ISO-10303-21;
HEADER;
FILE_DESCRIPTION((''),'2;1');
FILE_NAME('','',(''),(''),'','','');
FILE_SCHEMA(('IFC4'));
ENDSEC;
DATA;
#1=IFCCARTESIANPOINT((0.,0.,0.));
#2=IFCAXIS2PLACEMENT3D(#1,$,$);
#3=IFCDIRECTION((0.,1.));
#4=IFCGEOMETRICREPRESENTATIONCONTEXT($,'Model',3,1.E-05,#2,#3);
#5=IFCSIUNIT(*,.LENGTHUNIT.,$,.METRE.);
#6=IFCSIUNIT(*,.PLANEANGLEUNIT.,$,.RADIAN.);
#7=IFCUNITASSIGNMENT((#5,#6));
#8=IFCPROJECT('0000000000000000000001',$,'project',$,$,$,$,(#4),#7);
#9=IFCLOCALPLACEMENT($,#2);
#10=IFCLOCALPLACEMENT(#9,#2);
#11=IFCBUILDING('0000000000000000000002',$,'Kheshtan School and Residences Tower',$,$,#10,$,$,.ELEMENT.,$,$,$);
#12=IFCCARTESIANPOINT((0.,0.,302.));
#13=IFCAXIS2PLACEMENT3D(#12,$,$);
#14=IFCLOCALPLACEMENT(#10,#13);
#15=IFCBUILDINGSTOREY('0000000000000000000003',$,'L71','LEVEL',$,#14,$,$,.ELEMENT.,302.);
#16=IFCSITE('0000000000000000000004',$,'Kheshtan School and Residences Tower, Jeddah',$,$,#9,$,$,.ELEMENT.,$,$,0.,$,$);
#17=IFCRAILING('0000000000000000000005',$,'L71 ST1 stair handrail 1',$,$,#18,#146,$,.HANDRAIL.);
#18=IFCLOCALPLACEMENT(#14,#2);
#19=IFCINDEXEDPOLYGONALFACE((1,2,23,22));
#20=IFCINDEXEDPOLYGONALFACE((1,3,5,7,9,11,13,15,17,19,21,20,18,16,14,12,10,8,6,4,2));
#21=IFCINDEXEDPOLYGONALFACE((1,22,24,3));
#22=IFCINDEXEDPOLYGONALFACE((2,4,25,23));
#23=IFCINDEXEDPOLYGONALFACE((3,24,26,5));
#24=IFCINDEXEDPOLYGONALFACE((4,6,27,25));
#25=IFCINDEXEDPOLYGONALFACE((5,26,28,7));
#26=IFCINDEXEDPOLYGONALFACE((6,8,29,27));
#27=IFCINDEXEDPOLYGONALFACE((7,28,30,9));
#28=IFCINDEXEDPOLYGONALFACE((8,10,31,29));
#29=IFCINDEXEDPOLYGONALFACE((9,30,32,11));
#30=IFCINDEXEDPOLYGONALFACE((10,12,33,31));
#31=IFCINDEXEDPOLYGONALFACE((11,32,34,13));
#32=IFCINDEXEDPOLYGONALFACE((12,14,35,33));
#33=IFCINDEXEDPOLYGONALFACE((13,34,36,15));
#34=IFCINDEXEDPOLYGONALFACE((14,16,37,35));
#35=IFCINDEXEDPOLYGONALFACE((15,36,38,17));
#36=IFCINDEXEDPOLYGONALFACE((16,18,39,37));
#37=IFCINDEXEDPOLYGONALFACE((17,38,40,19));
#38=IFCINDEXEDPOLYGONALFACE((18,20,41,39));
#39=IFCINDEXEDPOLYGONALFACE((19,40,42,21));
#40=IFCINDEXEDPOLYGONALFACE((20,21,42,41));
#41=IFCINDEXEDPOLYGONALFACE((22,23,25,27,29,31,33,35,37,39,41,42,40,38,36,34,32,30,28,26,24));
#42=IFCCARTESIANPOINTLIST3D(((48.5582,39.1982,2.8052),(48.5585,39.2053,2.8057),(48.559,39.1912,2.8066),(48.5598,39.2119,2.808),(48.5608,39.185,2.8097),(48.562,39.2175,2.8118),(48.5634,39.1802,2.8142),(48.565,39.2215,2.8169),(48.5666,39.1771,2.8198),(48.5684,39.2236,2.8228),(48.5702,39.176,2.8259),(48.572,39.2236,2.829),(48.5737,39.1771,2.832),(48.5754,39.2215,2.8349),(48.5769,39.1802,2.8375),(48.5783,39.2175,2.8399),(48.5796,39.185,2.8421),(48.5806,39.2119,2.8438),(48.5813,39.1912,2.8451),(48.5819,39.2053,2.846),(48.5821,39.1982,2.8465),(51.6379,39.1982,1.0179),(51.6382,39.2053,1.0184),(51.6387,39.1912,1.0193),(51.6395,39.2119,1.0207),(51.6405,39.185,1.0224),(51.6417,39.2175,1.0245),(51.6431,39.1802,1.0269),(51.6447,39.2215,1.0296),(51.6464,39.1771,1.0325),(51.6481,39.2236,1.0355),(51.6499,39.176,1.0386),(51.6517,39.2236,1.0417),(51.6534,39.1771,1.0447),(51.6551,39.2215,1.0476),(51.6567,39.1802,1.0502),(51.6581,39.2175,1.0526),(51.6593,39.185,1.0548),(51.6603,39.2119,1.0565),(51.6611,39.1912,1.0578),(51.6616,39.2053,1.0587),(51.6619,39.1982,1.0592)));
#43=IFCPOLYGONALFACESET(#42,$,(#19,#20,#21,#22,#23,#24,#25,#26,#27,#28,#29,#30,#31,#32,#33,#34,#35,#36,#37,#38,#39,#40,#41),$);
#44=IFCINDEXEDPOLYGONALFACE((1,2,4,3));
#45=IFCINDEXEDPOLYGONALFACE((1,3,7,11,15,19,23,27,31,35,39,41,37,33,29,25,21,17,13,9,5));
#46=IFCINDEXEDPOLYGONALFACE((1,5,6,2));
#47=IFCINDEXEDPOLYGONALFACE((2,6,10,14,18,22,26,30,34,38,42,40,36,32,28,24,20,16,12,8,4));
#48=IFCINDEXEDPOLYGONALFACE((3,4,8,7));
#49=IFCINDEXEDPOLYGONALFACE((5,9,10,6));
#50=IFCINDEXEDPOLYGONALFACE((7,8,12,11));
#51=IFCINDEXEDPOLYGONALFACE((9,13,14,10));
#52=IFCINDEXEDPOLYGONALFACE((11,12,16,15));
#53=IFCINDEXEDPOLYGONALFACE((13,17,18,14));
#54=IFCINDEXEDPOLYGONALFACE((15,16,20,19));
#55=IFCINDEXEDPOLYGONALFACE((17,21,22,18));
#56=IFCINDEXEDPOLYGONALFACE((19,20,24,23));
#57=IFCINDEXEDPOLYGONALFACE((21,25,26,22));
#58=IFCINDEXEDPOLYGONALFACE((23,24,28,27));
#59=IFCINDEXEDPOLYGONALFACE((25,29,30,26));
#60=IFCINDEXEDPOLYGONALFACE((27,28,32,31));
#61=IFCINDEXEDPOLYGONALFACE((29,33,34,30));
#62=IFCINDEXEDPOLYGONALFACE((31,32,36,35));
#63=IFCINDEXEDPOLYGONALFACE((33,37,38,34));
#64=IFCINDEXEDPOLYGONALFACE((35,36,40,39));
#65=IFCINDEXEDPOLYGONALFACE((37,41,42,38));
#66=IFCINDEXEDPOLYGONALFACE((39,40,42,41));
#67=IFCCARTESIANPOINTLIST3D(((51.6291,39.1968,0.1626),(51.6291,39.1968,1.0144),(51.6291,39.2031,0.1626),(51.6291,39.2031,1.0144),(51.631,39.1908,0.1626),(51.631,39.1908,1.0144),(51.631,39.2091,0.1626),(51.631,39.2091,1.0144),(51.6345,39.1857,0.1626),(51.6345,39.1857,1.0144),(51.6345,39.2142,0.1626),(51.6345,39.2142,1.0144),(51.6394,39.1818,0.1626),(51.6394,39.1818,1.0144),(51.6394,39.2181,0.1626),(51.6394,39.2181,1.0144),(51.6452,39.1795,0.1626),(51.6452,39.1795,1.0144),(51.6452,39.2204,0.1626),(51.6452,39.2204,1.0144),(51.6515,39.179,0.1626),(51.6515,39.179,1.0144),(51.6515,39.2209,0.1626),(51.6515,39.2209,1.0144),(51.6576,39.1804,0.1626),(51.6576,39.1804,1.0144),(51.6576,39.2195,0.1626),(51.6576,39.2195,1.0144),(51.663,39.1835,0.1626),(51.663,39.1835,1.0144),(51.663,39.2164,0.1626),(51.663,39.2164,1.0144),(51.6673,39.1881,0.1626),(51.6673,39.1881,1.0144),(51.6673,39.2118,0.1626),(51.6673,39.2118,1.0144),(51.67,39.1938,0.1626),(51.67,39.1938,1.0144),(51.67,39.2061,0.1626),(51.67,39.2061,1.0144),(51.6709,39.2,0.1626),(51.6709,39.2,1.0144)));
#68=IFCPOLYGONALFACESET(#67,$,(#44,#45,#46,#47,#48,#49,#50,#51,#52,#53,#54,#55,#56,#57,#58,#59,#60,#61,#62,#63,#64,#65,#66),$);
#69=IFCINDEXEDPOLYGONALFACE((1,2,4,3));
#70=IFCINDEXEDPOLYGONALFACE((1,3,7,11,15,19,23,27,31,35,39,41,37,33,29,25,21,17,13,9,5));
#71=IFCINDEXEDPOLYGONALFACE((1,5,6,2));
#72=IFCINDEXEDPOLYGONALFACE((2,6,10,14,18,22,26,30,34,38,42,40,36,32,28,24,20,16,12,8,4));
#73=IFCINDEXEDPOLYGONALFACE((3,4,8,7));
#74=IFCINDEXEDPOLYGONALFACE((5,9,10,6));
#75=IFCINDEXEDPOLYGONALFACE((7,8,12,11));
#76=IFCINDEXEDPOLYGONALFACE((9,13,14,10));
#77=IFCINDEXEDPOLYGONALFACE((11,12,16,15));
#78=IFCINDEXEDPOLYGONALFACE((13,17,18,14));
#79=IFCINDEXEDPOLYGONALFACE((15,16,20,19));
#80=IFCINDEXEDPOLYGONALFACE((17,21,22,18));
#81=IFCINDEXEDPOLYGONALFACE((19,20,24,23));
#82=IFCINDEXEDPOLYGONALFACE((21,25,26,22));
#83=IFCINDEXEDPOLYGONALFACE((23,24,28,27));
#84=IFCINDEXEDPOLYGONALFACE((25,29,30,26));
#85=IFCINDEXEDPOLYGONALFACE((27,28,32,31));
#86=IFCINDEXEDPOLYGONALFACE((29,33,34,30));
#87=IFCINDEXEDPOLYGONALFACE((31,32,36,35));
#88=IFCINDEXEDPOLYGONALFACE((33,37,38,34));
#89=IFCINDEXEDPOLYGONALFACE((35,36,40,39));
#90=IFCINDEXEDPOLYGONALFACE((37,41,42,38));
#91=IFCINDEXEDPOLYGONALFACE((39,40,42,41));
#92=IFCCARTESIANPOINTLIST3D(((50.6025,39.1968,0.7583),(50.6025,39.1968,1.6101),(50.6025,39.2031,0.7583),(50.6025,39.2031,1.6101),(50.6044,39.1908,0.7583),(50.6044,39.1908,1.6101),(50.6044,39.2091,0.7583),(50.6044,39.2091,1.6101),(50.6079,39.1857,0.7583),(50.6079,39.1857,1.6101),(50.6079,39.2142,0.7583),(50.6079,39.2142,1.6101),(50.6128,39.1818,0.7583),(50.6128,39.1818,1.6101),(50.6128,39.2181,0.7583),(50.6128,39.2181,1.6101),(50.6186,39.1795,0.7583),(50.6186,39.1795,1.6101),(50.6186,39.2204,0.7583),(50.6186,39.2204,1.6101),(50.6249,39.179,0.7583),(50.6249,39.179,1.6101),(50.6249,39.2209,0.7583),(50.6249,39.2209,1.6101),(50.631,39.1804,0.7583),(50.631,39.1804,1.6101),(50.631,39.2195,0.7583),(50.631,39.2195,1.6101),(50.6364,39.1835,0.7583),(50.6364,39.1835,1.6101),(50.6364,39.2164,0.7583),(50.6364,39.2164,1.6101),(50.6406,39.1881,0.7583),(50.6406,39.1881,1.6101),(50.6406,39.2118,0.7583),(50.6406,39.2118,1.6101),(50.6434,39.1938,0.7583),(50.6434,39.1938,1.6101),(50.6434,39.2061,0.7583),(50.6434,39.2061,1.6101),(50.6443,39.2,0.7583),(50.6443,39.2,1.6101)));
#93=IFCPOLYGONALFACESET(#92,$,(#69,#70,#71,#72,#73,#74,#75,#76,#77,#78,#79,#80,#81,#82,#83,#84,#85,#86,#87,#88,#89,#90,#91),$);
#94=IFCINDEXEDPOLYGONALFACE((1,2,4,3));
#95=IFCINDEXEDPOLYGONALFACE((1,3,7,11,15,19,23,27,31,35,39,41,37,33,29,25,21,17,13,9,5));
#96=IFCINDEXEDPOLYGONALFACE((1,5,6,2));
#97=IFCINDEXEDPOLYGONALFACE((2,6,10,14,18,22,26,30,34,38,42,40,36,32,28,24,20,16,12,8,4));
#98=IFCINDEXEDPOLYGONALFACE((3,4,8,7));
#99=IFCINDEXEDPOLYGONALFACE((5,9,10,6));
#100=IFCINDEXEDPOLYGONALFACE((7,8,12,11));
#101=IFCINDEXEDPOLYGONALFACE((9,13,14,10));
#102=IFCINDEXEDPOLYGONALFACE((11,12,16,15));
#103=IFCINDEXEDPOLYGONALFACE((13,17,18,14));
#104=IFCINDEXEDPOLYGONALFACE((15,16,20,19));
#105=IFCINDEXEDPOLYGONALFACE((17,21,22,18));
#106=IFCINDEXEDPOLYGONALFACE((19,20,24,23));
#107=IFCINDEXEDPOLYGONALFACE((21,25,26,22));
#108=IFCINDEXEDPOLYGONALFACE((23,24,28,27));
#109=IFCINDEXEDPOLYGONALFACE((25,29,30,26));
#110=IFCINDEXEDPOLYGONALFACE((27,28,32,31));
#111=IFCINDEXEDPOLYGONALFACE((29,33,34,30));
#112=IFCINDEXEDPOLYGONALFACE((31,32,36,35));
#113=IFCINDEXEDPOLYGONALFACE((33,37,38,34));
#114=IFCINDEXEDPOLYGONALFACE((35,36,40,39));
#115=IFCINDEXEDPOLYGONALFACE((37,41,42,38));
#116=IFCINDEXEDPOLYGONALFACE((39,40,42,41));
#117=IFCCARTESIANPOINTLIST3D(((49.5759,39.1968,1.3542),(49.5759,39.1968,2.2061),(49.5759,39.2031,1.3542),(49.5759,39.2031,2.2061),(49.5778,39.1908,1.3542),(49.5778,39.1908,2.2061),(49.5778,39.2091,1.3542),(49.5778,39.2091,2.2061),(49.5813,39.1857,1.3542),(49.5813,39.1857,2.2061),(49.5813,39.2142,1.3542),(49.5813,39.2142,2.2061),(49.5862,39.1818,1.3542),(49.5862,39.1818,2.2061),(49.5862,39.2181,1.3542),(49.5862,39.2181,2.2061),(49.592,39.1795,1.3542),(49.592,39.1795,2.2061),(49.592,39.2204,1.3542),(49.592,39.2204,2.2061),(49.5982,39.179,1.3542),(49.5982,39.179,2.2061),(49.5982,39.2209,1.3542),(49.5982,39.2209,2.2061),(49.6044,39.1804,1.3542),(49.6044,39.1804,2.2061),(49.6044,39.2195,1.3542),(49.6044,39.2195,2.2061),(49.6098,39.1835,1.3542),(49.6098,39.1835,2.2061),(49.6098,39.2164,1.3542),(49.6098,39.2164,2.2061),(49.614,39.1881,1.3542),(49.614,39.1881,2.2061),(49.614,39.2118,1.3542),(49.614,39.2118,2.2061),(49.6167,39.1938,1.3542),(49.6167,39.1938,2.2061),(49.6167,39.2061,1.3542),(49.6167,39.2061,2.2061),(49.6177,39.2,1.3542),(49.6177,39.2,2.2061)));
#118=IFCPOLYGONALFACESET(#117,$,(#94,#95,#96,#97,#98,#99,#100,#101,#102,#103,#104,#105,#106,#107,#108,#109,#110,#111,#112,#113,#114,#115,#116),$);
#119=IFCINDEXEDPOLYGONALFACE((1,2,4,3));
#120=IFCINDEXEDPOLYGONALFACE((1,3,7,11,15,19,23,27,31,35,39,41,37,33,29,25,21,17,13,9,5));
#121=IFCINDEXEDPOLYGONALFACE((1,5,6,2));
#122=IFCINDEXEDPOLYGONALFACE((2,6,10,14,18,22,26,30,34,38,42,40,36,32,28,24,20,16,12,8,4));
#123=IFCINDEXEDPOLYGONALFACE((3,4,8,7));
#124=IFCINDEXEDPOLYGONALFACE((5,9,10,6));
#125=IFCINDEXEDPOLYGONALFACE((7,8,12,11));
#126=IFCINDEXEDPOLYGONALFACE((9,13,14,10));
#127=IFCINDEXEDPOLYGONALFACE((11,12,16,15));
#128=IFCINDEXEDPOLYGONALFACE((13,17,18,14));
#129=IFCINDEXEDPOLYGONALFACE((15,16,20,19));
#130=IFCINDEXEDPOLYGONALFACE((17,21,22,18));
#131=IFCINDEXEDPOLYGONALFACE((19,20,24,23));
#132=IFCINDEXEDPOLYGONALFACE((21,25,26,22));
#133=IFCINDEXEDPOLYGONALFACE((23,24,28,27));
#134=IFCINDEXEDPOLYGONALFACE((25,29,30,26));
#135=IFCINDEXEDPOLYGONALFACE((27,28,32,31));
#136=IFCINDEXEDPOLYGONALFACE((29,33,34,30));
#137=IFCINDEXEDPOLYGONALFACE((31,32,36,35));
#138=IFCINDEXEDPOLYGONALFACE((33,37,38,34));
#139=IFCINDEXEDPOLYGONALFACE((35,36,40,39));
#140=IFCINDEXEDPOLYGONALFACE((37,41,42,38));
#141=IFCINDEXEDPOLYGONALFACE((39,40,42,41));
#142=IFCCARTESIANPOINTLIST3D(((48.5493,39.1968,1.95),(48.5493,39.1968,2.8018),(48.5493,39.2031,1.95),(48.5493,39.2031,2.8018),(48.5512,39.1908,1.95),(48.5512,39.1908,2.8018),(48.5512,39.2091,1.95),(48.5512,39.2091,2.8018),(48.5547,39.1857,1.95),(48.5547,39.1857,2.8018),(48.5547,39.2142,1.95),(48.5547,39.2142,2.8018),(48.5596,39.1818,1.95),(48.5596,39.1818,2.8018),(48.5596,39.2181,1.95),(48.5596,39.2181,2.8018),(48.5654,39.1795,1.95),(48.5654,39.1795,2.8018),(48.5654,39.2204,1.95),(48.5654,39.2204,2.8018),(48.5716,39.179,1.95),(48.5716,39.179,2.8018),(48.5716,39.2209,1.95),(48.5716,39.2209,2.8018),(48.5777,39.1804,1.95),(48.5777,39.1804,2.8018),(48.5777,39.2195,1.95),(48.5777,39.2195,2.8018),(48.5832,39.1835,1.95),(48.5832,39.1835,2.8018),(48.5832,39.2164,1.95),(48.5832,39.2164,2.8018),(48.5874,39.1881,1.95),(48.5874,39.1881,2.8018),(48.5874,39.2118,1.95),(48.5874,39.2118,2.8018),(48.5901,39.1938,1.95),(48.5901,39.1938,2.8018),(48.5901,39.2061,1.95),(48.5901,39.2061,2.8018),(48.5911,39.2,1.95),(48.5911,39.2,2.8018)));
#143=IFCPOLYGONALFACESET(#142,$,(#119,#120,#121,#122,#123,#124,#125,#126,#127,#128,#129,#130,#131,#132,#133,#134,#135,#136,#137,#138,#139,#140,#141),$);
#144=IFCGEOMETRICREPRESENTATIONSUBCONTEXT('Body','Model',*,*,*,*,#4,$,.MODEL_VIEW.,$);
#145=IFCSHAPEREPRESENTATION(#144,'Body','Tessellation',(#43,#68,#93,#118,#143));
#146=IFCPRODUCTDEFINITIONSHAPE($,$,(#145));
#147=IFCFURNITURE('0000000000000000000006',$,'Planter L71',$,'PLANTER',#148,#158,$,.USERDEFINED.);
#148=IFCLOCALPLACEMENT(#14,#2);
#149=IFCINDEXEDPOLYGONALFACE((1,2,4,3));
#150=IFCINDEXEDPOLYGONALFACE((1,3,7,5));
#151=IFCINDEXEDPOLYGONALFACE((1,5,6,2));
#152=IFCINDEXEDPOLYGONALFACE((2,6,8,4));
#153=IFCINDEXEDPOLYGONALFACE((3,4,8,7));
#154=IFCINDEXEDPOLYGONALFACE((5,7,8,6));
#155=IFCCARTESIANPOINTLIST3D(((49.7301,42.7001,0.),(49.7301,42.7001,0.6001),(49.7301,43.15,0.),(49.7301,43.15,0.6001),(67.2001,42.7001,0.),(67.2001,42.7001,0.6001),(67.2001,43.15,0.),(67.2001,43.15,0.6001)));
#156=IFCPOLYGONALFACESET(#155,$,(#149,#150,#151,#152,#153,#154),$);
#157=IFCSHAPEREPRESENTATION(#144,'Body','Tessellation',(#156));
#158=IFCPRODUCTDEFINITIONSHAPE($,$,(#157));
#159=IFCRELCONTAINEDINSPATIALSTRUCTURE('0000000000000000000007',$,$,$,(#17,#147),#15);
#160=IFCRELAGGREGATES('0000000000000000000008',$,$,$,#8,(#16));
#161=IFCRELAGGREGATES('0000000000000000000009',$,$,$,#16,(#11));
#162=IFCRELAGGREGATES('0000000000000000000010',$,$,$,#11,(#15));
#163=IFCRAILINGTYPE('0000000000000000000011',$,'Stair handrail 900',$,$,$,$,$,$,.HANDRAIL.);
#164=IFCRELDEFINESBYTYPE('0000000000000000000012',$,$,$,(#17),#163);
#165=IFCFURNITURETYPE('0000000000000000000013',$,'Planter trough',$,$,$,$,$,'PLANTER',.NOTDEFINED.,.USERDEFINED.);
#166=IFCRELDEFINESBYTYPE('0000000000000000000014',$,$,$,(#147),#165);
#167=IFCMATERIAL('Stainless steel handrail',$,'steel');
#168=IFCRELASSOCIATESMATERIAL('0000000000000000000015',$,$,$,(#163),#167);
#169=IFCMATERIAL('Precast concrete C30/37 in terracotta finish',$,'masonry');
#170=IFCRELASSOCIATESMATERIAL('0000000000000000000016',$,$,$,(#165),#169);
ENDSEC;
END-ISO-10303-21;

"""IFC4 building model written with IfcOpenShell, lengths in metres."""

from ifc_helpers import new_model, si_unit, direction, frame, origin, origin_2d, place, context, subcontext, project, spatial, rectangle, circle, extrude, material, type_object, element, save


model = new_model("IFC4")

# Units and contexts
model_context = context("Model", 3, precision=1e-05, world=origin(), true_north=direction((0.0, 1.0)))
body_context = subcontext(model_context, "Body", "Model", "MODEL_VIEW")
ifc_project = project(units=[si_unit("LENGTHUNIT", "METRE"), si_unit("PLANEANGLEUNIT", "RADIAN")], contexts=[model_context])

# Site, building, storey
site_placement = place(None, origin())
site = spatial("IfcSite", under=ifc_project, at=site_placement, Name="Kheshtan School and Residences Tower, Jeddah", CompositionType="ELEMENT", RefElevation=0.0)
building_placement = place(site_placement, origin())
building = spatial("IfcBuilding", under=site, at=building_placement, Name="Kheshtan School and Residences Tower", CompositionType="ELEMENT")
storey_placement = place(building_placement, frame((0.0, 0.0, 302.0)))
storey = spatial("IfcBuildingStorey", under=building, at=storey_placement, Name="L71", Description="LEVEL", CompositionType="ELEMENT", Elevation=302.0)

# Railing
ifc_material_1 = material(Name="Stainless steel handrail", Category="steel")
railing_type_1 = type_object("IfcRailingType", Name="Stair handrail 900", PredefinedType="HANDRAIL", material=ifc_material_1)
railing_1_placement = place(storey_placement, frame((51.6499, 39.2, 0.1626)))
element("IfcRailing", 1, at=railing_1_placement, inside=storey, type_object=railing_type_1, Name="L71 ST1 stair handrail 1", PredefinedType="HANDRAIL", context=body_context, shape_type="SweptSolid", body=[
    extrude(circle(Radius=0.0239, at=origin_2d()), frame((0.0, 0.0, 0.876), z_axis=(-0.864903, 0.0, 0.501939), x_axis=(0.0, -1.0, 0.0)), (0.0, 0.0, 1.0), 3.5608),
    extrude(circle(Radius=0.021, at=origin_2d()), origin(), (0.0, 0.0, 1.0), 0.8518),
    extrude(circle(Radius=0.021, at=origin_2d()), frame((-1.0266, 0.0, 0.5957)), (0.0, 0.0, 1.0), 0.8518),
    extrude(circle(Radius=0.021, at=origin_2d()), frame((-2.0532, 0.0, 1.1917)), (0.0, 0.0, 1.0), 0.8518),
    extrude(circle(Radius=0.021, at=origin_2d()), frame((-3.0798, 0.0, 1.7874)), (0.0, 0.0, 1.0), 0.8518),
])

# Furniture
ifc_material_2 = material(Name="Precast concrete C30/37 in terracotta finish", Category="masonry")
furniture_type = type_object("IfcFurnitureType", Name="Planter trough", ElementType="PLANTER", AssemblyPlace="NOTDEFINED", PredefinedType="USERDEFINED", material=ifc_material_2)
furniture_placement = place(storey_placement, frame((58.4651, 42.925, 0.0), z_axis=(0.0, 0.0, 1.0), x_axis=(1.0, 0.0, 0.0)))
element("IfcFurniture", 2, at=furniture_placement, inside=storey, type_object=furniture_type, Name="Planter L71", ObjectType="PLANTER", PredefinedType="USERDEFINED", context=body_context, shape_type="SweptSolid", body=[
    extrude(rectangle(XDim=17.47, YDim=0.45, at=origin_2d()), origin(), (0.0, 0.0, 1.0), 0.6001),
])

save(model, "model.ifc")
